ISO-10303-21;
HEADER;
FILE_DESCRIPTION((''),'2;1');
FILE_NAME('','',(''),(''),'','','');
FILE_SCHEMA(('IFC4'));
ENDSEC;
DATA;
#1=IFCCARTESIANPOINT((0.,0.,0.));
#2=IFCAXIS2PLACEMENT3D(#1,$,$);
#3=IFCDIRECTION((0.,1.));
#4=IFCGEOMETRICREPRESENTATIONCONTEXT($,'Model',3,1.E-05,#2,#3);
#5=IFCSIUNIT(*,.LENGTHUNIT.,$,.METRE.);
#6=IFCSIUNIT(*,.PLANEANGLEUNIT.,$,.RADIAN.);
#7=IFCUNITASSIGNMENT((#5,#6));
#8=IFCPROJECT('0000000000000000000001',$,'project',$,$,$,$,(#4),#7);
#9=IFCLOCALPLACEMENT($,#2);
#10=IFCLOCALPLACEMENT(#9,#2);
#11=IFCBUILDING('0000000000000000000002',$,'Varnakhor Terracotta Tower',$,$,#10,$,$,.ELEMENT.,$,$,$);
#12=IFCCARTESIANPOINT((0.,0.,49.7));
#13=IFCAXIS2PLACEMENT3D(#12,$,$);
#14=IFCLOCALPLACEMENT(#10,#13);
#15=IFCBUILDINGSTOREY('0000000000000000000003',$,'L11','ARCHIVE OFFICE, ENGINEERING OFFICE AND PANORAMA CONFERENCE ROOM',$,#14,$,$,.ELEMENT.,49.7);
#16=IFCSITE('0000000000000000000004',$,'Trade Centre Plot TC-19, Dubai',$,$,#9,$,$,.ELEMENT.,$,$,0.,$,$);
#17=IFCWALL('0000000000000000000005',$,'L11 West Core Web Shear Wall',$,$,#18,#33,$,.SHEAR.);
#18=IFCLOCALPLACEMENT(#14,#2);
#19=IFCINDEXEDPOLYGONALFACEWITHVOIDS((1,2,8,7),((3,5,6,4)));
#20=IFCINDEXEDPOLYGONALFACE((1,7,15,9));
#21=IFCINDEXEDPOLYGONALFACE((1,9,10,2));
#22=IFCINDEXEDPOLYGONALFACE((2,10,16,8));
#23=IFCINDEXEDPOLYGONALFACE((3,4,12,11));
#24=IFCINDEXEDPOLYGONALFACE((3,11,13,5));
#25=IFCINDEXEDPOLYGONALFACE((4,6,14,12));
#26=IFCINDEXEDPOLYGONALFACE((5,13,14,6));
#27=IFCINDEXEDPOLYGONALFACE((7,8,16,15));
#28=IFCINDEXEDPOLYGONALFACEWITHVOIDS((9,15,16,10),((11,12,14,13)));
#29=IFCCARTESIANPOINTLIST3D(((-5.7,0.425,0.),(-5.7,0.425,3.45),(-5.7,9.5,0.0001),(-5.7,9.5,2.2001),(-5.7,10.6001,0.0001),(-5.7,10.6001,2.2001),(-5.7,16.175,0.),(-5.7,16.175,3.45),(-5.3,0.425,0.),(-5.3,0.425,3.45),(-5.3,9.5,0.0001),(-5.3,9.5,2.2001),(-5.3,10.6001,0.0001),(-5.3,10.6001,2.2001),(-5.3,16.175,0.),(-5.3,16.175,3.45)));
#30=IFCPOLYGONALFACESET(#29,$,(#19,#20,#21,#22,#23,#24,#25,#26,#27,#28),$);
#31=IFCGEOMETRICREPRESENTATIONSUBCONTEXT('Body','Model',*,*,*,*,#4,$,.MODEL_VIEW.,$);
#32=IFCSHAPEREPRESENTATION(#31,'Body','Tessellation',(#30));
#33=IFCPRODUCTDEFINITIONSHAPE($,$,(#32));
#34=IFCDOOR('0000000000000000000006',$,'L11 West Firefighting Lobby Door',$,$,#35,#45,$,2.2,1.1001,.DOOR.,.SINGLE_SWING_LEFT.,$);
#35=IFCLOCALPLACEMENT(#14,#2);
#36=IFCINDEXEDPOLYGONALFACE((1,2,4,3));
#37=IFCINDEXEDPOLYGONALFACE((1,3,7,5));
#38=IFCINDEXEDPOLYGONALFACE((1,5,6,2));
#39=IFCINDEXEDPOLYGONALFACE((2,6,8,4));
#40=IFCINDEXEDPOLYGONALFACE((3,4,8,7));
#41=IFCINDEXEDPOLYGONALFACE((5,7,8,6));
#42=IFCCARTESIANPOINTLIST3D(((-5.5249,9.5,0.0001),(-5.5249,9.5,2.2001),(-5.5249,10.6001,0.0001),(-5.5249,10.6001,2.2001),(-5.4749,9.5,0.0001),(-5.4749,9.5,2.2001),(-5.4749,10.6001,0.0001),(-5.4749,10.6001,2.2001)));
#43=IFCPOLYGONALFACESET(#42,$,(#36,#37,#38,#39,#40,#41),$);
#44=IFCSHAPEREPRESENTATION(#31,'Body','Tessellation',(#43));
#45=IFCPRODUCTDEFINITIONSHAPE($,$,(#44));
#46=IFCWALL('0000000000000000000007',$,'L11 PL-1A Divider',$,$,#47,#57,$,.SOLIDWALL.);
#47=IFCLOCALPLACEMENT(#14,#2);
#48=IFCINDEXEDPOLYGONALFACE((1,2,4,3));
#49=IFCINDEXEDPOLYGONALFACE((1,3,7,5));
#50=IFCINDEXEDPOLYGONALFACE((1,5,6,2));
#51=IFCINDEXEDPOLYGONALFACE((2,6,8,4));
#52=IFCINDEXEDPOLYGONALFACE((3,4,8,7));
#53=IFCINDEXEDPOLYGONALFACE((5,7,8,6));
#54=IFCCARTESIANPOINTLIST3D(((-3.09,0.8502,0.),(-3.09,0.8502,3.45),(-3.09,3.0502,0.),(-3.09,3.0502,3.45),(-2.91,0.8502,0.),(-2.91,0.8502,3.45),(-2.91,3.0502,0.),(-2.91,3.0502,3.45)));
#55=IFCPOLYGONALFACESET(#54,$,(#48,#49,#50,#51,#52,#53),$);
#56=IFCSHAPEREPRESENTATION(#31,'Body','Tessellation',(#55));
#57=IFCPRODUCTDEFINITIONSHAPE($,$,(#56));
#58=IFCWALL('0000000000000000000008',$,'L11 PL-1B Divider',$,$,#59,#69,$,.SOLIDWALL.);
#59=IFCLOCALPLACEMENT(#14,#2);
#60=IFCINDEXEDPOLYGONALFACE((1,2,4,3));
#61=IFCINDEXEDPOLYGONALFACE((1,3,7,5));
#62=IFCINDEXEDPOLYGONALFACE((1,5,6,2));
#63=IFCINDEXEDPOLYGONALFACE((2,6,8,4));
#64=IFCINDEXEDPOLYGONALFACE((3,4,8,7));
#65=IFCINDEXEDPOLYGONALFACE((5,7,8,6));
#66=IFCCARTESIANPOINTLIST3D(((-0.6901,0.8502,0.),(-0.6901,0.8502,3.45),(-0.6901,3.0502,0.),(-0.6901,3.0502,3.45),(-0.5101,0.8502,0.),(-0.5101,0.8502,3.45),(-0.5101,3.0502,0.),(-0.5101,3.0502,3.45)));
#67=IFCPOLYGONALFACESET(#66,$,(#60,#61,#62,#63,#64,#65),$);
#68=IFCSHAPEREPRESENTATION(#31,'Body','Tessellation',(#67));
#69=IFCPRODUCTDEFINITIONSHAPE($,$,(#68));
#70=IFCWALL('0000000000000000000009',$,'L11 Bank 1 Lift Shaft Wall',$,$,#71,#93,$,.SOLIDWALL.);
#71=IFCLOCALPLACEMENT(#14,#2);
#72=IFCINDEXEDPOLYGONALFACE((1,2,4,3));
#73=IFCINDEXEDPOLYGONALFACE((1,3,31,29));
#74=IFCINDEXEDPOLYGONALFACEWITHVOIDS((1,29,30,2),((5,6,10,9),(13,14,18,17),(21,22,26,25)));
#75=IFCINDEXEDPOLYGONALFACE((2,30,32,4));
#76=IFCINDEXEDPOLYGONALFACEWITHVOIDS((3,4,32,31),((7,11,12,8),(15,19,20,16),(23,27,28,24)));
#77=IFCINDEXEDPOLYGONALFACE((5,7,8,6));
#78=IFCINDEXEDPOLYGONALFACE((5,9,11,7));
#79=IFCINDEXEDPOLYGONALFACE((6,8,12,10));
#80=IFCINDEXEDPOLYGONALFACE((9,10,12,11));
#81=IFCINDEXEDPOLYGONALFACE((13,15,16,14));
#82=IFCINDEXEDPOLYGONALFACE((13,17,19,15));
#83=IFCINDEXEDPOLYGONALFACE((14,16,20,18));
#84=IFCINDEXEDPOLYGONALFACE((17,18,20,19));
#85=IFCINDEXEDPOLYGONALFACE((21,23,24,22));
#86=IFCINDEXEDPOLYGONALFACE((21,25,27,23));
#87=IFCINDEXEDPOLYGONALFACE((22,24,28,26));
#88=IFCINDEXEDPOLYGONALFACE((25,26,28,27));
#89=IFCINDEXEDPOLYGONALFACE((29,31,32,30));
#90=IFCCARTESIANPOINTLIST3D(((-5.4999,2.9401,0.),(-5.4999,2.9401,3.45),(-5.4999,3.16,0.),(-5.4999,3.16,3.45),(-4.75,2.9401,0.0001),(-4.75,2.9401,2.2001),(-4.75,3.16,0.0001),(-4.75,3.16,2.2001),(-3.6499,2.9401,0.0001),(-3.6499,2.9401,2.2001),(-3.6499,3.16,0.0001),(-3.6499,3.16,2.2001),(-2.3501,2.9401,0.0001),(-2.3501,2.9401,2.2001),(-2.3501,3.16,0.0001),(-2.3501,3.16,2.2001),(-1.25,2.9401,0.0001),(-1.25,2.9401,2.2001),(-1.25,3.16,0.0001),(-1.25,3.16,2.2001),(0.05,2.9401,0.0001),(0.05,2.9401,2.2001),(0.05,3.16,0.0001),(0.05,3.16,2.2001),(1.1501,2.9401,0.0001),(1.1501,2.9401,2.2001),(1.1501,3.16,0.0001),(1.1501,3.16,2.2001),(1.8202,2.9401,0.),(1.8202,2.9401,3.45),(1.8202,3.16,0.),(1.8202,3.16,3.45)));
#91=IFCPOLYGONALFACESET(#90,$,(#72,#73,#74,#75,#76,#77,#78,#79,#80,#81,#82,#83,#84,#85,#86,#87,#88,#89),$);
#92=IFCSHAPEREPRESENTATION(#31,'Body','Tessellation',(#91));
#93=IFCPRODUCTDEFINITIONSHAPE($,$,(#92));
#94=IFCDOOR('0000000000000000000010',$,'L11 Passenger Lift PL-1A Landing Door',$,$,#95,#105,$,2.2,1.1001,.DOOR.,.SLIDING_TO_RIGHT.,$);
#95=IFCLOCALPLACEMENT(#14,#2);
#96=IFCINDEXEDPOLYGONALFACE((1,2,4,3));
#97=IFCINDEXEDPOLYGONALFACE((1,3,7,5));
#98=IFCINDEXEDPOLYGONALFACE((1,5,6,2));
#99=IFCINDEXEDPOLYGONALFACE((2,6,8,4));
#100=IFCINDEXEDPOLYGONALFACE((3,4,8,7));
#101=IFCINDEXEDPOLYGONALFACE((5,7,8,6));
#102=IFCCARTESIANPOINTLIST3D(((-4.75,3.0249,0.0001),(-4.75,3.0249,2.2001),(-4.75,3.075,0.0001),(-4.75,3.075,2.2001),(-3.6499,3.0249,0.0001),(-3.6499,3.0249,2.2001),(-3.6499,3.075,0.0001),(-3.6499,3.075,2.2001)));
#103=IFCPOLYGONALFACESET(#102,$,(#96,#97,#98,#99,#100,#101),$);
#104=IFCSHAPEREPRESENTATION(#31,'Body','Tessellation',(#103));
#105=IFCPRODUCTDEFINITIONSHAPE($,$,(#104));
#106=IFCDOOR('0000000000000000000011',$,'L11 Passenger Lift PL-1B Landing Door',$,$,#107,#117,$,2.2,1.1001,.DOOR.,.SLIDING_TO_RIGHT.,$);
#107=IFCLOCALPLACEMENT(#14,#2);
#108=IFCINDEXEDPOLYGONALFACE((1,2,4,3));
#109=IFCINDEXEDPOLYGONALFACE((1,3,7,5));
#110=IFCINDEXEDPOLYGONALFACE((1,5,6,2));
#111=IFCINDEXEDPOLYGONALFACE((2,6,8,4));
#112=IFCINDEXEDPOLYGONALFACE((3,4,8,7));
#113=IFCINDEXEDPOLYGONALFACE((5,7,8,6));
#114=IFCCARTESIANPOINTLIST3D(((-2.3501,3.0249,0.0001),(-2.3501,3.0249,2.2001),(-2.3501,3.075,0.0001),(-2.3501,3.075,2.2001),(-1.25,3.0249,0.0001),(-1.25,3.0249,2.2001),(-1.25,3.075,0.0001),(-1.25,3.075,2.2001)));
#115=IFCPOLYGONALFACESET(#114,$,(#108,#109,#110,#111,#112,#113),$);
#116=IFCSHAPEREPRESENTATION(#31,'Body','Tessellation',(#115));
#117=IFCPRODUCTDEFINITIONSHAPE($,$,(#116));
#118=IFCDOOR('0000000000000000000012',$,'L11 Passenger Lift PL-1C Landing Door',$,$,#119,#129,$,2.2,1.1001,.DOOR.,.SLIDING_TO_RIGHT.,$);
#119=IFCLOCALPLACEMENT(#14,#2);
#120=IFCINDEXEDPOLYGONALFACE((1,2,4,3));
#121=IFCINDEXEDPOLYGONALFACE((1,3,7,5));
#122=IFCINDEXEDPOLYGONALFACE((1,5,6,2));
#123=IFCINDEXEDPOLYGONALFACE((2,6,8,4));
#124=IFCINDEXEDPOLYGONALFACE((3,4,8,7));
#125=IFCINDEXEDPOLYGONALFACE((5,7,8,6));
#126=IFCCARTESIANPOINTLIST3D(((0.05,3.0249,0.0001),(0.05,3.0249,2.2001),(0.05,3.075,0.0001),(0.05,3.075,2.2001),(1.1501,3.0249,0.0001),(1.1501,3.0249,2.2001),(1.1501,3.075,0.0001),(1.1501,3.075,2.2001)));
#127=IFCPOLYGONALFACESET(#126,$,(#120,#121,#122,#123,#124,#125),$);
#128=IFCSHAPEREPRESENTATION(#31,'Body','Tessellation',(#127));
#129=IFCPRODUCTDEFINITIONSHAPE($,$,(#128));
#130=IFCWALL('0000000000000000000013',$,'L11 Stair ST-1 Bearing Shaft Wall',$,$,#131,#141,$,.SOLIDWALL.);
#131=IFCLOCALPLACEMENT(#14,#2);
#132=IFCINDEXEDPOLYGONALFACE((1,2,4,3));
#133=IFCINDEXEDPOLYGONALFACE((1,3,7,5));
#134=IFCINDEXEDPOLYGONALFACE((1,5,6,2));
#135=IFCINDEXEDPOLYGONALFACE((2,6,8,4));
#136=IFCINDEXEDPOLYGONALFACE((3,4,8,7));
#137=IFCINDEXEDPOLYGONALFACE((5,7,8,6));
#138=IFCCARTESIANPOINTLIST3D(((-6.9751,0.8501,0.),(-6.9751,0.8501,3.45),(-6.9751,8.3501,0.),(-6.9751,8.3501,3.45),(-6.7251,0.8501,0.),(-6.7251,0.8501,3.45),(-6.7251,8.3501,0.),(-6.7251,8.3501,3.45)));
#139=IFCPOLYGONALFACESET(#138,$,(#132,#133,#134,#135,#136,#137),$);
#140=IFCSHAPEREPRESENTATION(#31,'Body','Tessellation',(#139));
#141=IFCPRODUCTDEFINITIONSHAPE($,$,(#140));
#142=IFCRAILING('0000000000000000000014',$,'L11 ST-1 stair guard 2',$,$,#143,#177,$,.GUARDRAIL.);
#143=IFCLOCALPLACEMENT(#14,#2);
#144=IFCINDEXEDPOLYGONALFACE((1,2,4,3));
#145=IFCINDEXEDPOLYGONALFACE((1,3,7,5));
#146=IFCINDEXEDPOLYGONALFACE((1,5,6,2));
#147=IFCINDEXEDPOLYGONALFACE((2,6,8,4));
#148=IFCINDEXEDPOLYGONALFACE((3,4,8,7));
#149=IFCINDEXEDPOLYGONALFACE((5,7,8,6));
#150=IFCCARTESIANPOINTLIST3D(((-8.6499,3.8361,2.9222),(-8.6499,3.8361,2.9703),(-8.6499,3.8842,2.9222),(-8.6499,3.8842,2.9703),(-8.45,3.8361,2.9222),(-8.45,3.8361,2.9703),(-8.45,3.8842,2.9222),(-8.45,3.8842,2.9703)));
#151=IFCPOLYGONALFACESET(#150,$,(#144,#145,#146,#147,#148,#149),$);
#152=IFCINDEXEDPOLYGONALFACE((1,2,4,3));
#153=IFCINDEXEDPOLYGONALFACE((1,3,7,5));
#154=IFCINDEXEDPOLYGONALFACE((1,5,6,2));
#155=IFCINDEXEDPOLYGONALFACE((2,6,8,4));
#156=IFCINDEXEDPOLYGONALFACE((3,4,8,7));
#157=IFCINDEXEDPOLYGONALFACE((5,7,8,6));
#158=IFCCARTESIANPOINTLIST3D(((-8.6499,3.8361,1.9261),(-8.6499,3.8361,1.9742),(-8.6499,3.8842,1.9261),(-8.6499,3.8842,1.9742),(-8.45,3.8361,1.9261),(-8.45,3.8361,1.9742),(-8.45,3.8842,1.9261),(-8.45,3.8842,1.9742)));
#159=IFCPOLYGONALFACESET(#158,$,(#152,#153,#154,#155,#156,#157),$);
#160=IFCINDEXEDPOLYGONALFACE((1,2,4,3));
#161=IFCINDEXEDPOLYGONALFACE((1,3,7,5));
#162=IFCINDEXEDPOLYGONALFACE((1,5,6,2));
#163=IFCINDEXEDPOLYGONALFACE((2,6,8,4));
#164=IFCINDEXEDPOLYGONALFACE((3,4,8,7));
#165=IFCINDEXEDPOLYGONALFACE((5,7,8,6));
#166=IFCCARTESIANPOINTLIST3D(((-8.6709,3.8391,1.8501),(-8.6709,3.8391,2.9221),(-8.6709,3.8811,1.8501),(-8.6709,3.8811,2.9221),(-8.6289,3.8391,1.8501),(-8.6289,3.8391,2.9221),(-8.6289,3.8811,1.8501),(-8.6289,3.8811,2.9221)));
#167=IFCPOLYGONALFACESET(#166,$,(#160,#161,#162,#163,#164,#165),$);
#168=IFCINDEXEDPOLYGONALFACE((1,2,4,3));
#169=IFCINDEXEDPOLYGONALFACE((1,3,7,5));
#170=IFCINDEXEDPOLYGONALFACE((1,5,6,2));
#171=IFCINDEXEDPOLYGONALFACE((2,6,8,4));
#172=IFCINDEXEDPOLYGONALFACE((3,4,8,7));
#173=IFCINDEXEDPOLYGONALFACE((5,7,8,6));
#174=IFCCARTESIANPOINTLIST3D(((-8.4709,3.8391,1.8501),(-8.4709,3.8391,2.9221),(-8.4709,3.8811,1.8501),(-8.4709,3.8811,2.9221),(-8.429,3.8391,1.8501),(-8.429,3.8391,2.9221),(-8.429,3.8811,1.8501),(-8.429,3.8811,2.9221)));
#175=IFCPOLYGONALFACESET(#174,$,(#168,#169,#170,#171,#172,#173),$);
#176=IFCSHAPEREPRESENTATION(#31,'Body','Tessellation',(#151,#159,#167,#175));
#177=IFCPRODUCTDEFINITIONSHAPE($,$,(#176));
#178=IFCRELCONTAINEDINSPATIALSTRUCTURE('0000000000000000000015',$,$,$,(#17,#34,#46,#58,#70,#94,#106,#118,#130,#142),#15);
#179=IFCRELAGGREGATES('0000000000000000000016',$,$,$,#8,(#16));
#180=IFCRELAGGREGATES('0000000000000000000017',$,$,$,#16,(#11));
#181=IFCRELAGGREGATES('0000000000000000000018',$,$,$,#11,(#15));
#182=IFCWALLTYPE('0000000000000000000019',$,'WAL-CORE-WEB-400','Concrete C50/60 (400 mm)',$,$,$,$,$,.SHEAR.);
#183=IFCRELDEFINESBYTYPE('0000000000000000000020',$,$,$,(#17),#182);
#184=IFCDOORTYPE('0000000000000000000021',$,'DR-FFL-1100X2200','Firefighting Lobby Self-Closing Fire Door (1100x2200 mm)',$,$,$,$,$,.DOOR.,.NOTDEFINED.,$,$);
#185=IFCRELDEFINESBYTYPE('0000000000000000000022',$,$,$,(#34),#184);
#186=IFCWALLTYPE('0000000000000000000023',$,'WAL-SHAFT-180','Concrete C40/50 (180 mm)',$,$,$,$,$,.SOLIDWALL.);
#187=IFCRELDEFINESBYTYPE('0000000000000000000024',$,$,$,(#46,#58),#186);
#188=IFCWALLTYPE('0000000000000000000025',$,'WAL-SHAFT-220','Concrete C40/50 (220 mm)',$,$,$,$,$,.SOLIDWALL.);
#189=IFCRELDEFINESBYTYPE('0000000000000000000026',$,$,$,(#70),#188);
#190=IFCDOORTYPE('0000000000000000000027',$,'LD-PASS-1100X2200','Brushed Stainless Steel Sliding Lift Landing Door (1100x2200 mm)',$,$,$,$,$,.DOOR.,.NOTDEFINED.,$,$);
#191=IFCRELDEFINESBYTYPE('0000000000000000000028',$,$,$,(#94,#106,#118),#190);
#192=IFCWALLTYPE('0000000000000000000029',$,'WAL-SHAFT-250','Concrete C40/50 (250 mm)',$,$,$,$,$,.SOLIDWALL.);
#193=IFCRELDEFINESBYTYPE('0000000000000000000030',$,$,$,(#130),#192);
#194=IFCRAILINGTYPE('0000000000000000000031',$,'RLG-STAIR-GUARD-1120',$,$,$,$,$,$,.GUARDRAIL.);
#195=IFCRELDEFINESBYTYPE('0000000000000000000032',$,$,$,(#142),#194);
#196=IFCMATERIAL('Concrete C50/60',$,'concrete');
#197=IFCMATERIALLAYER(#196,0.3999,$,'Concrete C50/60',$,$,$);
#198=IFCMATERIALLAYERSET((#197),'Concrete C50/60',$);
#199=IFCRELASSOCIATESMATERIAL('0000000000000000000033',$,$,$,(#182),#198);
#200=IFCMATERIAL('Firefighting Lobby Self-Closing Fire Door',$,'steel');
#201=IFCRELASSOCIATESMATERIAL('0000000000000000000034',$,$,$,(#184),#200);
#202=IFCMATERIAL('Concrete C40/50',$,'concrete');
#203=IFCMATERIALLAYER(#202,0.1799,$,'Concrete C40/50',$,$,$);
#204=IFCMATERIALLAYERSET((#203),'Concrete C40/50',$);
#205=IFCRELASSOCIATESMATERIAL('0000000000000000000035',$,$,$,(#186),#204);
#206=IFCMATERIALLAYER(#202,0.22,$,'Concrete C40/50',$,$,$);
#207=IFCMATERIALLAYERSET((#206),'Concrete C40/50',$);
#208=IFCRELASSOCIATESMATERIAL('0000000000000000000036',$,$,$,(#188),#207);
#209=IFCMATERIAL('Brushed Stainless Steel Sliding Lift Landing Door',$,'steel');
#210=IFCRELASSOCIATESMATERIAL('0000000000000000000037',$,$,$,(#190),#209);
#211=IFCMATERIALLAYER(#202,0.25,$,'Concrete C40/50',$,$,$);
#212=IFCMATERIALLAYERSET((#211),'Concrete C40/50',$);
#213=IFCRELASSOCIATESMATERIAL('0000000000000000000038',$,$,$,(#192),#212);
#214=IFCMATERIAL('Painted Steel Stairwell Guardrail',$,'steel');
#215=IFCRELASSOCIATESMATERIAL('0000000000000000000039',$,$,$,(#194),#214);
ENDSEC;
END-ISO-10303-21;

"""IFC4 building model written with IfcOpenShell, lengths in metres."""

from ifc_helpers import new_model, si_unit, direction, frame, frame_2d, origin, origin_2d, place, context, subcontext, project, spatial, rectangle, extrude, source, transform, mapped, material, layer, layer_set, type_object, type_shapes, element, fill, save


model = new_model("IFC4")

# Units and contexts
model_context = context("Model", 3, precision=1e-05, world=origin(), true_north=direction((0.0, 1.0)))
body_context = subcontext(model_context, "Body", "Model", "MODEL_VIEW")
ifc_project = project(units=[si_unit("LENGTHUNIT", "METRE"), si_unit("PLANEANGLEUNIT", "RADIAN")], contexts=[model_context])

# Site, building, storey
site_placement = place(None, origin())
site = spatial("IfcSite", under=ifc_project, at=site_placement, Name="Trade Centre Plot TC-19, Dubai", CompositionType="ELEMENT", RefElevation=0.0)
building_placement = place(site_placement, origin())
building = spatial("IfcBuilding", under=site, at=building_placement, Name="Varnakhor Terracotta Tower", CompositionType="ELEMENT")
storey_placement = place(building_placement, frame((0.0, 0.0, 49.7)))
storey = spatial("IfcBuildingStorey", under=building, at=storey_placement, Name="L11", Description="ARCHIVE OFFICE, ENGINEERING OFFICE AND PANORAMA CONFERENCE ROOM", CompositionType="ELEMENT", Elevation=49.7)

# Shared definitions
ifc_material_1 = material(Name="Concrete C50/60", Category="concrete")

# Wall, opening, door
ifc_layer_1 = layer(ifc_material_1, 0.3999, Name="Concrete C50/60")
ifc_layer_set_1 = layer_set([ifc_layer_1], Name="Concrete C50/60")
wall_type_1 = type_object("IfcWallType", Name="WAL-CORE-WEB-400", Description="Concrete C50/60 (400 mm)", PredefinedType="SHEAR", material=ifc_layer_set_1)
wall_1_placement = place(storey_placement, frame((-5.5, 0.425, 0.0), z_axis=(0.0, 0.0, 1.0), x_axis=(0.0, 1.0, 0.0)))
wall_1 = element("IfcWall", 1, at=wall_1_placement, inside=storey, type_object=wall_type_1, Name="L11 West Core Web Shear Wall", PredefinedType="SHEAR", context=body_context, shape_type="SweptSolid", body=[
    extrude(rectangle(XDim=15.75, YDim=0.3999, at=frame_2d((7.875, 0.0))), origin(), (0.0, 0.0, 1.0), 3.45),
])
opening_1_placement = place(wall_1_placement, frame((9.075, 0.0, 0.0)))
opening_1 = element("IfcOpeningElement", 2, at=opening_1_placement, cuts=wall_1, PredefinedType="OPENING", context=body_context, shape_type="SweptSolid", body=[
    extrude(rectangle(XDim=1.1001, YDim=2.2, at=frame_2d((0.55, 1.1001))), frame((0.0, 0.21, 0.0), z_axis=(0.0, -1.0, 0.0), x_axis=(1.0, 0.0, 0.0)), (0.0, 0.0, 1.0), 0.4199),
])
ifc_material_2 = material(Name="Firefighting Lobby Self-Closing Fire Door", Category="steel")
door_type_1 = type_object("IfcDoorType", Name="DR-FFL-1100X2200", Description="Firefighting Lobby Self-Closing Fire Door (1100x2200 mm)", OperationType="NOTDEFINED", PredefinedType="DOOR", material=ifc_material_2)
shared_shape_1 = source(origin(), body_context, "Body", "SweptSolid", [
    extrude(rectangle(XDim=1.1001, YDim=2.2, at=frame_2d((0.55, 1.1001))), frame((0.0, 0.0249, 0.0), z_axis=(0.0, -1.0, 0.0), x_axis=(1.0, 0.0, 0.0)), (0.0, 0.0, 1.0), 0.05),
])
type_shapes(door_type_1, [shared_shape_1])
door_1_placement = place(opening_1_placement, origin())
door_1 = element("IfcDoor", 3, at=door_1_placement, inside=storey, type_object=door_type_1, Name="L11 West Firefighting Lobby Door", OperationType="SINGLE_SWING_LEFT", OverallHeight=2.2, OverallWidth=1.1001, PredefinedType="DOOR", context=body_context, shape_type="MappedRepresentation", body=[
    mapped(shared_shape_1, transform((0.0, 0.0, 0.0), scale=1.0)),
])
fill(opening_1, door_1)

# Walls
ifc_material_3 = material(Name="Concrete C40/50", Category="concrete")
ifc_layer_2 = layer(ifc_material_3, 0.1799, Name="Concrete C40/50")
ifc_layer_set_2 = layer_set([ifc_layer_2], Name="Concrete C40/50")
wall_type_2 = type_object("IfcWallType", Name="WAL-SHAFT-180", Description="Concrete C40/50 (180 mm)", PredefinedType="SOLIDWALL", material=ifc_layer_set_2)
for number, where, z_axis, x_axis, name in (
    (4, (-3.0, 0.8501, 0.0), (0.0, 0.0, 1.0), (0.0, 1.0, 0.0), "L11 PL-1A Divider"),
    (5, (-0.6001, 0.8501, 0.0), (0.0, 0.0, 1.0), (0.0, 1.0, 0.0), "L11 PL-1B Divider"),
):
    element("IfcWall", number, at=place(storey_placement, frame(where, z_axis=z_axis, x_axis=x_axis)), inside=storey, type_object=wall_type_2, Name=name, PredefinedType="SOLIDWALL", context=body_context, shape_type="SweptSolid", body=[
        extrude(rectangle(XDim=2.2, YDim=0.1799, at=frame_2d((1.1001, 0.0))), origin(), (0.0, 0.0, 1.0), 3.45),
    ])

# Wall, openings, doors
ifc_layer_3 = layer(ifc_material_3, 0.22, Name="Concrete C40/50")
ifc_layer_set_3 = layer_set([ifc_layer_3], Name="Concrete C40/50")
wall_type_3 = type_object("IfcWallType", Name="WAL-SHAFT-220", Description="Concrete C40/50 (220 mm)", PredefinedType="SOLIDWALL", material=ifc_layer_set_3)
wall_2_placement = place(storey_placement, frame((-5.5, 3.05, 0.0), z_axis=(0.0, 0.0, 1.0), x_axis=(1.0, 0.0, 0.0)))
wall_2 = element("IfcWall", 6, at=wall_2_placement, inside=storey, type_object=wall_type_3, Name="L11 Bank 1 Lift Shaft Wall", PredefinedType="SOLIDWALL", context=body_context, shape_type="SweptSolid", body=[
    extrude(rectangle(XDim=7.3201, YDim=0.22, at=frame_2d((3.6602, 0.0))), origin(), (0.0, 0.0, 1.0), 3.45),
])
opening_2_placement = place(wall_2_placement, frame((0.75, 0.0, 0.0)))
opening_2 = element("IfcOpeningElement", 7, at=opening_2_placement, cuts=wall_2, PredefinedType="OPENING", context=body_context, shape_type="SweptSolid", body=[
    extrude(rectangle(XDim=1.1001, YDim=2.2, at=frame_2d((0.55, 1.1001))), frame((0.0, 0.1201, 0.0), z_axis=(0.0, -1.0, 0.0), x_axis=(1.0, 0.0, 0.0)), (0.0, 0.0, 1.0), 0.24),
])
opening_3_placement = place(wall_2_placement, frame((3.1499, 0.0, 0.0)))
opening_3 = element("IfcOpeningElement", 8, at=opening_3_placement, cuts=wall_2, PredefinedType="OPENING", context=body_context, shape_type="SweptSolid", body=[
    extrude(rectangle(XDim=1.1001, YDim=2.2, at=frame_2d((0.55, 1.1001))), frame((0.0, 0.1201, 0.0), z_axis=(0.0, -1.0, 0.0), x_axis=(1.0, 0.0, 0.0)), (0.0, 0.0, 1.0), 0.24),
])
opening_4_placement = place(wall_2_placement, frame((5.55, 0.0, 0.0)))
opening_4 = element("IfcOpeningElement", 9, at=opening_4_placement, cuts=wall_2, PredefinedType="OPENING", context=body_context, shape_type="SweptSolid", body=[
    extrude(rectangle(XDim=1.1001, YDim=2.2, at=frame_2d((0.55, 1.1001))), frame((0.0, 0.1201, 0.0), z_axis=(0.0, -1.0, 0.0), x_axis=(1.0, 0.0, 0.0)), (0.0, 0.0, 1.0), 0.24),
])
ifc_material_4 = material(Name="Brushed Stainless Steel Sliding Lift Landing Door", Category="steel")
door_type_2 = type_object("IfcDoorType", Name="LD-PASS-1100X2200", Description="Brushed Stainless Steel Sliding Lift Landing Door (1100x2200 mm)", OperationType="NOTDEFINED", PredefinedType="DOOR", material=ifc_material_4)
shared_shape_2 = source(origin(), body_context, "Body", "SweptSolid", [
    extrude(rectangle(XDim=1.1001, YDim=2.2, at=frame_2d((0.55, 1.1001))), frame((0.0, 0.0249, 0.0), z_axis=(0.0, -1.0, 0.0), x_axis=(1.0, 0.0, 0.0)), (0.0, 0.0, 1.0), 0.05),
])
type_shapes(door_type_2, [shared_shape_2])
door_2_placement = place(opening_2_placement, origin())
door_2 = element("IfcDoor", 10, at=door_2_placement, inside=storey, type_object=door_type_2, Name="L11 Passenger Lift PL-1A Landing Door", OperationType="SLIDING_TO_RIGHT", OverallHeight=2.2, OverallWidth=1.1001, PredefinedType="DOOR", context=body_context, shape_type="MappedRepresentation", body=[
    mapped(shared_shape_2, transform((0.0, 0.0, 0.0), scale=1.0)),
])
fill(opening_2, door_2)
door_3_placement = place(opening_3_placement, origin())
door_3 = element("IfcDoor", 11, at=door_3_placement, inside=storey, type_object=door_type_2, Name="L11 Passenger Lift PL-1B Landing Door", OperationType="SLIDING_TO_RIGHT", OverallHeight=2.2, OverallWidth=1.1001, PredefinedType="DOOR", context=body_context, shape_type="MappedRepresentation", body=[
    mapped(shared_shape_2, transform((0.0, 0.0, 0.0), scale=1.0)),
])
fill(opening_3, door_3)
door_4_placement = place(opening_4_placement, origin())
door_4 = element("IfcDoor", 12, at=door_4_placement, inside=storey, type_object=door_type_2, Name="L11 Passenger Lift PL-1C Landing Door", OperationType="SLIDING_TO_RIGHT", OverallHeight=2.2, OverallWidth=1.1001, PredefinedType="DOOR", context=body_context, shape_type="MappedRepresentation", body=[
    mapped(shared_shape_2, transform((0.0, 0.0, 0.0), scale=1.0)),
])
fill(opening_4, door_4)

# Wall
ifc_layer_4 = layer(ifc_material_3, 0.25, Name="Concrete C40/50")
ifc_layer_set_4 = layer_set([ifc_layer_4], Name="Concrete C40/50")
wall_type_4 = type_object("IfcWallType", Name="WAL-SHAFT-250", Description="Concrete C40/50 (250 mm)", PredefinedType="SOLIDWALL", material=ifc_layer_set_4)
wall_3_placement = place(storey_placement, frame((-6.8501, 0.8501, 0.0), z_axis=(0.0, 0.0, 1.0), x_axis=(0.0, 1.0, 0.0)))
element("IfcWall", 13, at=wall_3_placement, inside=storey, type_object=wall_type_4, Name="L11 Stair ST-1 Bearing Shaft Wall", PredefinedType="SOLIDWALL", context=body_context, shape_type="SweptSolid", body=[
    extrude(rectangle(XDim=7.5, YDim=0.25, at=frame_2d((3.75, 0.0))), origin(), (0.0, 0.0, 1.0), 3.45),
])

# Railing
ifc_material_5 = material(Name="Painted Steel Stairwell Guardrail", Category="steel")
railing_type = type_object("IfcRailingType", Name="RLG-STAIR-GUARD-1120", PredefinedType="GUARDRAIL", material=ifc_material_5)
railing_1_placement = place(storey_placement, frame((-8.6499, 3.8601, 1.8501)))
element("IfcRailing", 14, at=railing_1_placement, inside=storey, type_object=railing_type, Name="L11 ST-1 stair guard 2", PredefinedType="GUARDRAIL", context=body_context, shape_type="SweptSolid", body=[
    extrude(rectangle(XDim=0.0481, YDim=0.0481, at=origin_2d()), frame((0.0, 0.0, 1.0962), z_axis=(1.0, 0.0, 0.0), x_axis=(0.0, 1.0, 0.0)), (0.0, 0.0, 1.0), 0.2),
    extrude(rectangle(XDim=0.0481, YDim=0.0481, at=origin_2d()), frame((0.0, 0.0, 0.1001), z_axis=(1.0, 0.0, 0.0), x_axis=(0.0, 1.0, 0.0)), (0.0, 0.0, 1.0), 0.2),
    extrude(rectangle(XDim=0.042, YDim=0.042, at=origin_2d()), origin(), (0.0, 0.0, 1.0), 1.072),
    extrude(rectangle(XDim=0.042, YDim=0.042, at=origin_2d()), frame((0.2, 0.0, 0.0)), (0.0, 0.0, 1.0), 1.072),
])

save(model, "model.ifc")
